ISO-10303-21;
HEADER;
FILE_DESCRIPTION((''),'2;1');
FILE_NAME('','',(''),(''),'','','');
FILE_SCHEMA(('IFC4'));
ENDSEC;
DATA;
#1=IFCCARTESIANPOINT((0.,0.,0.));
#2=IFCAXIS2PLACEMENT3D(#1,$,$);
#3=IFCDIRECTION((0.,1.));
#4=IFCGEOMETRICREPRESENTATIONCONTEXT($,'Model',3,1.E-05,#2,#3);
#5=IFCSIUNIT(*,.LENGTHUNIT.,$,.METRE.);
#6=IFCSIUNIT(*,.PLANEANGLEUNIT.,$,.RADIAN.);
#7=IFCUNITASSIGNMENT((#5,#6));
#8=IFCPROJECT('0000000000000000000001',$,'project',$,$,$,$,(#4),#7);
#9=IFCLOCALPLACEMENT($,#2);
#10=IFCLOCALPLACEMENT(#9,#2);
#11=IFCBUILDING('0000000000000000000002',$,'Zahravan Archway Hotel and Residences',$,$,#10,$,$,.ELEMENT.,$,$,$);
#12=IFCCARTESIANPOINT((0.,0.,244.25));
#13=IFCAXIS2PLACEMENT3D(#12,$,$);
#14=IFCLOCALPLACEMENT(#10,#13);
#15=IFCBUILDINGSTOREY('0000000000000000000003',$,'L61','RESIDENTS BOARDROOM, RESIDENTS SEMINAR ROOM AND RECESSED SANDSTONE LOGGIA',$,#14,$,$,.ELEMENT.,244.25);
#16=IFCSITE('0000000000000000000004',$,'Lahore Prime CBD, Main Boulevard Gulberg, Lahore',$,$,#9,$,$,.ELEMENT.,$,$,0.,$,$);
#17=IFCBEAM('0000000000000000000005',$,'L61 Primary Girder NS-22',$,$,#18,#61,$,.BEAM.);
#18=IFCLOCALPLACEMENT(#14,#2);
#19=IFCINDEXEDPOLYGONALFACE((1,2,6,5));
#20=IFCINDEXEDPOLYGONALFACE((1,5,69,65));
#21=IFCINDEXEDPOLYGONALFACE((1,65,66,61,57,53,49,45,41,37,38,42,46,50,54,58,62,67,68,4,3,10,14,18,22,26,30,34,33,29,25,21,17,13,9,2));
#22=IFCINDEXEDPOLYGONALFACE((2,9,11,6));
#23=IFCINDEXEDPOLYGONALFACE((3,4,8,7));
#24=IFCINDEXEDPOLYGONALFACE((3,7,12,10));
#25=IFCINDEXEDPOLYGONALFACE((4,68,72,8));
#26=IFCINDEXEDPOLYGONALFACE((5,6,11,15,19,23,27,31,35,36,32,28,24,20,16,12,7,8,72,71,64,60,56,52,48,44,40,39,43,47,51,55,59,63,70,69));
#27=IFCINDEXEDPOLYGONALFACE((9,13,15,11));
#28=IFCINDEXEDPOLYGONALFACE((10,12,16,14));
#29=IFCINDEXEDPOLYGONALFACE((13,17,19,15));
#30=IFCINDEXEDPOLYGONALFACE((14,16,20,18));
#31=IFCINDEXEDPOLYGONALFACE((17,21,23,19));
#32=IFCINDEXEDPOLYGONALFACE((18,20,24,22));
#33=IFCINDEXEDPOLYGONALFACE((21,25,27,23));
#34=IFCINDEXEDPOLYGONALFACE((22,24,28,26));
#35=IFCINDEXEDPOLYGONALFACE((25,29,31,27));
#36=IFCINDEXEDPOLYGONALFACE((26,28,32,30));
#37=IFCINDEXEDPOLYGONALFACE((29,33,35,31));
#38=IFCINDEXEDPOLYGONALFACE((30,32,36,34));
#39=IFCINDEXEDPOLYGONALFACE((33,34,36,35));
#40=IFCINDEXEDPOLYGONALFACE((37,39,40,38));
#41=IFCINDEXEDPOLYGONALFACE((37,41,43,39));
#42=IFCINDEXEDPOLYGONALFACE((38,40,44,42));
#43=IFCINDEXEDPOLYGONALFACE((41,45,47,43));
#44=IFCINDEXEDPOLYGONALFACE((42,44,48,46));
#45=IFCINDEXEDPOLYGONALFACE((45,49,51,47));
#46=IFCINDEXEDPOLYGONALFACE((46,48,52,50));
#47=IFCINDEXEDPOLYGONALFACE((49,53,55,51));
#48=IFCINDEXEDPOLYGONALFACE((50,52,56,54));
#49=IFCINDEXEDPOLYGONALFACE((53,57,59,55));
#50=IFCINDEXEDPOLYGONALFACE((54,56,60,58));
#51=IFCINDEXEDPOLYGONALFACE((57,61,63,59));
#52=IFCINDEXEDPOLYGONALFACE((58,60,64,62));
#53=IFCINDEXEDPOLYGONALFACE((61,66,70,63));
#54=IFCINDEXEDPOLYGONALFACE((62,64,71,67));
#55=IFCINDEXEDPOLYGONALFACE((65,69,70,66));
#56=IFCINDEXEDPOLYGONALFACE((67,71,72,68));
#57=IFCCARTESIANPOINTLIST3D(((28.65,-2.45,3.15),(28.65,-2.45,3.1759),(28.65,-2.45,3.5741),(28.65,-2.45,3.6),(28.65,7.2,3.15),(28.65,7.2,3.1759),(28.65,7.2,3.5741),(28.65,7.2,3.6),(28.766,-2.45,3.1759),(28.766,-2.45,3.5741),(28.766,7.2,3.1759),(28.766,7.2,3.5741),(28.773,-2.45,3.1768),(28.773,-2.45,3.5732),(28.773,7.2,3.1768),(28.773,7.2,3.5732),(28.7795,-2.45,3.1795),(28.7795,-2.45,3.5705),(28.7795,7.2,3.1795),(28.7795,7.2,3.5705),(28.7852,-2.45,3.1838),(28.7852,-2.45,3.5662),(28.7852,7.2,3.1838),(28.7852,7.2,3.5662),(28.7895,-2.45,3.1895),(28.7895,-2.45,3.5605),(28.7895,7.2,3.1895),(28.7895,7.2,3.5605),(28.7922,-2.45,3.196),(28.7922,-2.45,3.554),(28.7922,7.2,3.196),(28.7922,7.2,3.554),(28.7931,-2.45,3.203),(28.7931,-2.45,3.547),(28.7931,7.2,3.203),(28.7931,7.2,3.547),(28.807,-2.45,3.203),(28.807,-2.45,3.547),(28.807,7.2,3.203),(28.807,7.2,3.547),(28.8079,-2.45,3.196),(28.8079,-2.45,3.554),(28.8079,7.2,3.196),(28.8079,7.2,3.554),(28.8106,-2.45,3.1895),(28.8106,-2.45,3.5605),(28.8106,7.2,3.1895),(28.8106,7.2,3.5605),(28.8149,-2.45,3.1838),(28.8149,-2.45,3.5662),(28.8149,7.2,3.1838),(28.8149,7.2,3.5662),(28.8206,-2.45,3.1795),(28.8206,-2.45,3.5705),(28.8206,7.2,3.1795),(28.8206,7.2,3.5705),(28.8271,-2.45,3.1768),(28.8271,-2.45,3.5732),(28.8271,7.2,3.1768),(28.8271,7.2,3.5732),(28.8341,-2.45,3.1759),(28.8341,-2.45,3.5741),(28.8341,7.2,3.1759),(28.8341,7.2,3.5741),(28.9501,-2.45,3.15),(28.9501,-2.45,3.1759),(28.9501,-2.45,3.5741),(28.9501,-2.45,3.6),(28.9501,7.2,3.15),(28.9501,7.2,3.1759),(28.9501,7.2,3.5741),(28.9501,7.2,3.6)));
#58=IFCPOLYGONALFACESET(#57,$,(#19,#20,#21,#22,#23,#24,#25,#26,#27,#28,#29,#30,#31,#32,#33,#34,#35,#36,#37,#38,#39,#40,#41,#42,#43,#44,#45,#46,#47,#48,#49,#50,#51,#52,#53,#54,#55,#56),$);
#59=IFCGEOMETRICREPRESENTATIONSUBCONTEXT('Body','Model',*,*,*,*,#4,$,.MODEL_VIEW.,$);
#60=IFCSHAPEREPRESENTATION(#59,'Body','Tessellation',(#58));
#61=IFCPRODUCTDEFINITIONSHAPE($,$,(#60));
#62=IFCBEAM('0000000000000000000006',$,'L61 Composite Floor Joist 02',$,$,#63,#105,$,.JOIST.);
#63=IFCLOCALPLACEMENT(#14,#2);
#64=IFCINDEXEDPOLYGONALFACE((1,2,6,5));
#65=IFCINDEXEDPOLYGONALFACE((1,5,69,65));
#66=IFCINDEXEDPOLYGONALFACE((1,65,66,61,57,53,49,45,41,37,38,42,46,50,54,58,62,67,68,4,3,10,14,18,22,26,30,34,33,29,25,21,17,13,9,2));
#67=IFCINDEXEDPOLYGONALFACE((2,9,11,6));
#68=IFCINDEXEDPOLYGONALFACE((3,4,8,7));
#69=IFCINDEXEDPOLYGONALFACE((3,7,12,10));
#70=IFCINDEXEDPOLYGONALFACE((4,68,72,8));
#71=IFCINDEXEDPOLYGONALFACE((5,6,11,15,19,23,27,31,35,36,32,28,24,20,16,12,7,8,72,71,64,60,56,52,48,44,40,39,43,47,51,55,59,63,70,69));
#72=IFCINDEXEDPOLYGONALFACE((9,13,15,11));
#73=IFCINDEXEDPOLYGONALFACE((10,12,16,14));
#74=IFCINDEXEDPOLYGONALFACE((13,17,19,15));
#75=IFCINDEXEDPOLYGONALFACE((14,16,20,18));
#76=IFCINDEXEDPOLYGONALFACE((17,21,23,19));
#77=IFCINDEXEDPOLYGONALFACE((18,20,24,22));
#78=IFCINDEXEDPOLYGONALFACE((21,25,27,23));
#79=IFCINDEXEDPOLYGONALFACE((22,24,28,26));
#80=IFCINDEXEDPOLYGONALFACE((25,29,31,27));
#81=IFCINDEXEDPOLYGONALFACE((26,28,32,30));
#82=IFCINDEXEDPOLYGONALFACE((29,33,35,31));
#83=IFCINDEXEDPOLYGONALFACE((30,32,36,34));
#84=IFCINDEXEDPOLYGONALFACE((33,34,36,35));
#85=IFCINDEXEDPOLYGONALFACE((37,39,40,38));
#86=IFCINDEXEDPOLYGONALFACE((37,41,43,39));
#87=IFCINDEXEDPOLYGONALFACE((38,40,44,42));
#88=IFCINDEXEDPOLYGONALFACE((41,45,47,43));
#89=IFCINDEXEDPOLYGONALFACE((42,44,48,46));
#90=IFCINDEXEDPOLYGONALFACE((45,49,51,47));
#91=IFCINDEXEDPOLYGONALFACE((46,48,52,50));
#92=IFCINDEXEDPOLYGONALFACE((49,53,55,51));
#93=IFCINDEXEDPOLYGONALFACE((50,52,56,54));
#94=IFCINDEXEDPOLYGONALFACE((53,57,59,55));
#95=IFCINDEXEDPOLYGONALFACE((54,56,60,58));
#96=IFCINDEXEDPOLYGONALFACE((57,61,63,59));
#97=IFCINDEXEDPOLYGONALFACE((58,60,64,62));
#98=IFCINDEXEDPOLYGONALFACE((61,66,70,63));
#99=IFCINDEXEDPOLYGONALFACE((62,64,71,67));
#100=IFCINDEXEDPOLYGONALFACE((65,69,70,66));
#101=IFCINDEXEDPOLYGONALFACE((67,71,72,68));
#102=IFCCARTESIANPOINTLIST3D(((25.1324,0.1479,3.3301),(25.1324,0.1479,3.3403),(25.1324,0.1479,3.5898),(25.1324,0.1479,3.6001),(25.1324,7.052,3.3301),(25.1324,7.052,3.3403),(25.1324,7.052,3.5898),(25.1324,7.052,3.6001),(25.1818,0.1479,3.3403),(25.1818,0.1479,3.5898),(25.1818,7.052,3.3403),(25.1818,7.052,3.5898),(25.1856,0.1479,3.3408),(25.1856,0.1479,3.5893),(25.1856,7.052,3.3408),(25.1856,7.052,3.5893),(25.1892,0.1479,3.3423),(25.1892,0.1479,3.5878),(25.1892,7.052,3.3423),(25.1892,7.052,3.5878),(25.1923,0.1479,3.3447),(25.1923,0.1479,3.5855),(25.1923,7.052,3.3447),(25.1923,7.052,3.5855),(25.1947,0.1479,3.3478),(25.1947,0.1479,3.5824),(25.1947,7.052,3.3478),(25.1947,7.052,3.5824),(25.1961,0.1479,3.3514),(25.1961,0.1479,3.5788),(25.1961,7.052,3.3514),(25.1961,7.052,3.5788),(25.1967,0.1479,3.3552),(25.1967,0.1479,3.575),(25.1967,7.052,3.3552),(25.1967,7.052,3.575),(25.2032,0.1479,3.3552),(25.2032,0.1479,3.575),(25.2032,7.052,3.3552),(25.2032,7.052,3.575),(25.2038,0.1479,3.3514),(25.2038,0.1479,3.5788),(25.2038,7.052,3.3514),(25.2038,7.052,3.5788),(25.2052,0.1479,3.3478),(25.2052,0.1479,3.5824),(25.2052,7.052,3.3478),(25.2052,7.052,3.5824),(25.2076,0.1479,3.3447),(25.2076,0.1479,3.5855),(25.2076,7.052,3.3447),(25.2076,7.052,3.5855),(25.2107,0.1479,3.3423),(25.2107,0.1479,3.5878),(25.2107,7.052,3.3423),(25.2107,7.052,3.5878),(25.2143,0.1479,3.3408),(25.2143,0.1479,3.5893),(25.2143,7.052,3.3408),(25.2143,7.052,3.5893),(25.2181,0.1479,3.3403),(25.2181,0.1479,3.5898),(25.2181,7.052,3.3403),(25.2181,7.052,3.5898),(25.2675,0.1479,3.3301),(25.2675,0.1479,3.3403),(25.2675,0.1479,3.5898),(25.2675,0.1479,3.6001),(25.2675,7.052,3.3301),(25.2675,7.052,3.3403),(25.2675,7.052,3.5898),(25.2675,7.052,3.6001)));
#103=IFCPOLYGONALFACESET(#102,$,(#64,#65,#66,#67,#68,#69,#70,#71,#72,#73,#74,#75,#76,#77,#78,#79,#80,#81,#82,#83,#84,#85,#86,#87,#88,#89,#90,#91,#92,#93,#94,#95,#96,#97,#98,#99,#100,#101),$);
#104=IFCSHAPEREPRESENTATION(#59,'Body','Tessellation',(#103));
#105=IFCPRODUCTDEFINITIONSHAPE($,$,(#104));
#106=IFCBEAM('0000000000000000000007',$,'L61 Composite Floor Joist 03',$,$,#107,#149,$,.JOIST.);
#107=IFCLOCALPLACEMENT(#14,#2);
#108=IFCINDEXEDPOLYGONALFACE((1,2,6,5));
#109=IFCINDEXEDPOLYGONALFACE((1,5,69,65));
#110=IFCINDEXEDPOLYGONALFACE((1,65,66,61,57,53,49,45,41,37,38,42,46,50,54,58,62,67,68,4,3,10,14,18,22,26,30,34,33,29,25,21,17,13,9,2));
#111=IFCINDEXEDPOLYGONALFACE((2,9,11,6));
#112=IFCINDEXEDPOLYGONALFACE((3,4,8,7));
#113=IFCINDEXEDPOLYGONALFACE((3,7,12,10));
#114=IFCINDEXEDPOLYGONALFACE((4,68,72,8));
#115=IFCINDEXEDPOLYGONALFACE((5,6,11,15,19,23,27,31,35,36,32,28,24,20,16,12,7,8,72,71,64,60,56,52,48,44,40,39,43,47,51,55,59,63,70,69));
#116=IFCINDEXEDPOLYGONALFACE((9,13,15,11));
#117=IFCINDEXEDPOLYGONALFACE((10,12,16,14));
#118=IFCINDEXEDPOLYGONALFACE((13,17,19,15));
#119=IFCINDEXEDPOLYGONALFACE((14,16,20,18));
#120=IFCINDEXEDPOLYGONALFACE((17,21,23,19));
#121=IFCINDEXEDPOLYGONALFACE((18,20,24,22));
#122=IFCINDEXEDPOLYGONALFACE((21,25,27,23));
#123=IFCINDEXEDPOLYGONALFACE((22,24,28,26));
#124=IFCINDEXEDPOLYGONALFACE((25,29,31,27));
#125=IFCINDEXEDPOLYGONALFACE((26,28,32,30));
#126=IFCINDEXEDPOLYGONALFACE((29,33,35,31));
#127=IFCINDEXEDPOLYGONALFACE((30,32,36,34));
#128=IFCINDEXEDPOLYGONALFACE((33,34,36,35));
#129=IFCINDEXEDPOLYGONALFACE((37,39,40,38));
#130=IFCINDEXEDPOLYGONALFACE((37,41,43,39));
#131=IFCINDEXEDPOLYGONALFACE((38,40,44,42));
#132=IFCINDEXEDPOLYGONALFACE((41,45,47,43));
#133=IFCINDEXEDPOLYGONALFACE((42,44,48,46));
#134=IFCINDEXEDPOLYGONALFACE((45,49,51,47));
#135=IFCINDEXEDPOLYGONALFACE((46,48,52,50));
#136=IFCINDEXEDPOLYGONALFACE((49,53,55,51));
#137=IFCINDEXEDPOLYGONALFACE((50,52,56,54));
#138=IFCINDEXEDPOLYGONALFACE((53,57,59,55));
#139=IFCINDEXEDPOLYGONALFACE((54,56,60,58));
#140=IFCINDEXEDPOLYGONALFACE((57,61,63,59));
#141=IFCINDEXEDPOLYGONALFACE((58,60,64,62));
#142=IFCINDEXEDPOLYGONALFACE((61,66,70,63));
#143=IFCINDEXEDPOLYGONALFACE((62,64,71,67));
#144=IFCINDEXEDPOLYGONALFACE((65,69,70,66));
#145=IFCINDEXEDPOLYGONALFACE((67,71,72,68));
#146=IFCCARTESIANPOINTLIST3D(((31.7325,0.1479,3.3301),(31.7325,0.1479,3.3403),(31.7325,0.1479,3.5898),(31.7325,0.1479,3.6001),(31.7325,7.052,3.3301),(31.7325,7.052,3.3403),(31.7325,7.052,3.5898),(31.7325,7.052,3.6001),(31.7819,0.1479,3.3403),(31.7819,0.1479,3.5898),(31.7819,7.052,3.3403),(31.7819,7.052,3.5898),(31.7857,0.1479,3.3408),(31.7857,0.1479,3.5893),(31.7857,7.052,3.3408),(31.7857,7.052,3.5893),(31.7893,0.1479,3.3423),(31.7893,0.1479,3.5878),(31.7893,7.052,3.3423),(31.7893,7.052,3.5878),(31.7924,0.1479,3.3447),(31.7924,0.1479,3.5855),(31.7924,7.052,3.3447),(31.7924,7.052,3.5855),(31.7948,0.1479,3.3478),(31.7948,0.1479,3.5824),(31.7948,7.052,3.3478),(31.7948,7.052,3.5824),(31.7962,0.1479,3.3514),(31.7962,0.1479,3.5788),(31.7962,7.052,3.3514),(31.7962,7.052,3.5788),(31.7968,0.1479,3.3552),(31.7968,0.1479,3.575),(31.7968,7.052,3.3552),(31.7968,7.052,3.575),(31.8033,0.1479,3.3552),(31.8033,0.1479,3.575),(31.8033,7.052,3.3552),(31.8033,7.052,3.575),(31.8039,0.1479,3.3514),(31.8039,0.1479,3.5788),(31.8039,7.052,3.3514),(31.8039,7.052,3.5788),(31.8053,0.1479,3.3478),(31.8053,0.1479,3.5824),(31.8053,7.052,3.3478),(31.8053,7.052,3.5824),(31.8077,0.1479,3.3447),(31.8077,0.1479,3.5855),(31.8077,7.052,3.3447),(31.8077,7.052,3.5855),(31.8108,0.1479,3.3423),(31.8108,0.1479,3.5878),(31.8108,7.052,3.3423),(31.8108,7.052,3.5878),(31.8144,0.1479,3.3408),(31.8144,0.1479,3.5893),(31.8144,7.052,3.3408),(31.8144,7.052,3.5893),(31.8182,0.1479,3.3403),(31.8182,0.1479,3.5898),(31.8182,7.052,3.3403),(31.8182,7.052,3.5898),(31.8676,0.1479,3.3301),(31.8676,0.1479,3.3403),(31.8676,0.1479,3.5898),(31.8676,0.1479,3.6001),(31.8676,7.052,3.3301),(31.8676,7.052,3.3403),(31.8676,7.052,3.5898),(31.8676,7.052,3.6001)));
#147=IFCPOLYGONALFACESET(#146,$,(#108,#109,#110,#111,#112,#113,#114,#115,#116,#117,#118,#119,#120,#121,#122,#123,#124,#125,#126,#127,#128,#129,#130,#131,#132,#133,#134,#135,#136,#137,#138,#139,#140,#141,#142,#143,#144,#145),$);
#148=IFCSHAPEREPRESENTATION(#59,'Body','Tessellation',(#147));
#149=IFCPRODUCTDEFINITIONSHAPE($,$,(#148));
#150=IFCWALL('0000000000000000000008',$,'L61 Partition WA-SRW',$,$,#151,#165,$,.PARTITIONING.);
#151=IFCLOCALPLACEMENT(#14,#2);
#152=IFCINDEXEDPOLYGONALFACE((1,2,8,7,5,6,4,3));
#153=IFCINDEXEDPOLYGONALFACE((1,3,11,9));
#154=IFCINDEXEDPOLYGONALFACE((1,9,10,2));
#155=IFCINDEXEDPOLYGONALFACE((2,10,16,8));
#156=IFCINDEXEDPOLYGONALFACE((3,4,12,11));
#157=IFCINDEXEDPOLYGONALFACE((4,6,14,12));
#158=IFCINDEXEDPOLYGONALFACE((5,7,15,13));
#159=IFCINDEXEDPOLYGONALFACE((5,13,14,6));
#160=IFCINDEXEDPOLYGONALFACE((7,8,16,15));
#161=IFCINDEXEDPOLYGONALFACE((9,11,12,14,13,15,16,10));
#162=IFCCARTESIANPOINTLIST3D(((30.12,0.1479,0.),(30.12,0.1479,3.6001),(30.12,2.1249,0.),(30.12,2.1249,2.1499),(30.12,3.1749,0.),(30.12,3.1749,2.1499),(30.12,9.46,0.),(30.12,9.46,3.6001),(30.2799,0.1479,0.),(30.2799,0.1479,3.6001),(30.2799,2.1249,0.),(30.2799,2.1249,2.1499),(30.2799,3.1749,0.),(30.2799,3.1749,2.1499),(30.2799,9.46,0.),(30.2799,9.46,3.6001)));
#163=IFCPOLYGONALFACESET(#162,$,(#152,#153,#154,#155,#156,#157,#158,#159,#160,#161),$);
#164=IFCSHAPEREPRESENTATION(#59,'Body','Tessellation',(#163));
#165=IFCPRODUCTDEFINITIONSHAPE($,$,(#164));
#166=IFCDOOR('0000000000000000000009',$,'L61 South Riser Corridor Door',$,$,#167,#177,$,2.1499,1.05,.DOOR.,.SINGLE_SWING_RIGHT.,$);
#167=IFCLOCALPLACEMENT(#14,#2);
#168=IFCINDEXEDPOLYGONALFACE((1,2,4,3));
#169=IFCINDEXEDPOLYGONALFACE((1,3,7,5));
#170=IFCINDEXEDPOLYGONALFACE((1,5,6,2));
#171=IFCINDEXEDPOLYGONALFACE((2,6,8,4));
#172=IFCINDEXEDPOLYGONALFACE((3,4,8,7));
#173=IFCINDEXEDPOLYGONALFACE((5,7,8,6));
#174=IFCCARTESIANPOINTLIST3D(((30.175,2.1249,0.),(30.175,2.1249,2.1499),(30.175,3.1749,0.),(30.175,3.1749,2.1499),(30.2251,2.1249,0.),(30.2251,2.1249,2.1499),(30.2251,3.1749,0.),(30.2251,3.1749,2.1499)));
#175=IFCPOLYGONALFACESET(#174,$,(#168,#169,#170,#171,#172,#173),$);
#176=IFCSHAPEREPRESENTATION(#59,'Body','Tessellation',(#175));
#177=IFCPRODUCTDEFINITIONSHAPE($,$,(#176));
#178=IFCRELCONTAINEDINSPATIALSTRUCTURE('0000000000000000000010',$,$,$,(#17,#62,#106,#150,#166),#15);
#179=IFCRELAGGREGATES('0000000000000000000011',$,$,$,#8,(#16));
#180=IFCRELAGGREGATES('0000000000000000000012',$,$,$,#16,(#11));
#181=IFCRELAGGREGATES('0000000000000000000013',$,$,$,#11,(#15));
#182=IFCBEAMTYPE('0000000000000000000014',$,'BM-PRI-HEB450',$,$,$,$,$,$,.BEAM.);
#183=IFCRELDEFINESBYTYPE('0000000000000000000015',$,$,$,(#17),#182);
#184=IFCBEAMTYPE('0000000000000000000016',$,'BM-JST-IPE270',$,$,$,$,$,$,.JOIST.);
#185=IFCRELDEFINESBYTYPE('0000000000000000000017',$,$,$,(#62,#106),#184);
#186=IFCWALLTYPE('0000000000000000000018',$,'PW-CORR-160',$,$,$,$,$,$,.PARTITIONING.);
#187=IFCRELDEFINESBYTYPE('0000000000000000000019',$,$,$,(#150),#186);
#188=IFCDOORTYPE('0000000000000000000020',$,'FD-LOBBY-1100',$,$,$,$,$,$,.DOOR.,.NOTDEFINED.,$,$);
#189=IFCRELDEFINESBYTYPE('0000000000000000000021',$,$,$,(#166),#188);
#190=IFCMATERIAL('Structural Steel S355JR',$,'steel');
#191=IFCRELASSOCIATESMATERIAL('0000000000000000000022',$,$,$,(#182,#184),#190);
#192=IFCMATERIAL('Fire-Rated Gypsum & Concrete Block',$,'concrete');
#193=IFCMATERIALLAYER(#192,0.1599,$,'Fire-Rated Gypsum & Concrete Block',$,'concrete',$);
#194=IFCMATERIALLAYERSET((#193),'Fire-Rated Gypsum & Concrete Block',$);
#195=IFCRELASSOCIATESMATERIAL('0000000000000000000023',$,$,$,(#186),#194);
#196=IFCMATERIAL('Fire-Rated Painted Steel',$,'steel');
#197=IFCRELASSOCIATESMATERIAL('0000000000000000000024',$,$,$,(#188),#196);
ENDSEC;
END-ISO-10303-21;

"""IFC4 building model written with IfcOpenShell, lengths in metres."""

from ifc_helpers import new_model, si_unit, direction, frame, frame_2d, origin, origin_2d, place, context, subcontext, project, spatial, rectangle, i_section, extrude, source, transform, mapped, material, layer, layer_set, material_profile, profile_set, type_object, type_shapes, element, fill, save


model = new_model("IFC4")

# Units and contexts
model_context = context("Model", 3, precision=1e-05, world=origin(), true_north=direction((0.0, 1.0)))
body_context = subcontext(model_context, "Body", "Model", "MODEL_VIEW")
ifc_project = project(units=[si_unit("LENGTHUNIT", "METRE"), si_unit("PLANEANGLEUNIT", "RADIAN")], contexts=[model_context])

# Site, building, storey
site_placement = place(None, origin())
site = spatial("IfcSite", under=ifc_project, at=site_placement, Name="Lahore Prime CBD, Main Boulevard Gulberg, Lahore", CompositionType="ELEMENT", RefElevation=0.0)
building_placement = place(site_placement, origin())
building = spatial("IfcBuilding", under=site, at=building_placement, Name="Zahravan Archway Hotel and Residences", CompositionType="ELEMENT")
storey_placement = place(building_placement, frame((0.0, 0.0, 244.25)))
storey = spatial("IfcBuildingStorey", under=building, at=storey_placement, Name="L61", Description="RESIDENTS BOARDROOM, RESIDENTS SEMINAR ROOM AND RECESSED SANDSTONE LOGGIA", CompositionType="ELEMENT", Elevation=244.25)

# Beams
ifc_material_1 = material(Name="Structural Steel S355JR", Category="steel")
ifc_material_profile_1 = material_profile(ifc_material_1, i_section(OverallWidth=0.3, OverallDepth=0.45, WebThickness=0.0139, FlangeThickness=0.0259, FilletRadius=0.0271, at=origin_2d()), Name="HEB 450", Category="steel")
ifc_profile_set_1 = profile_set([ifc_material_profile_1], Name="Structural Steel S355JR")
beam_type_1 = type_object("IfcBeamType", Name="BM-PRI-HEB450", PredefinedType="BEAM", material=ifc_profile_set_1)
shared_shape_1 = source(origin(), body_context, "Body", "SweptSolid", [
    extrude(i_section(OverallWidth=0.3, OverallDepth=0.45, WebThickness=0.0139, FlangeThickness=0.0259, FilletRadius=0.0271, at=origin_2d()), origin(), (0.0, 0.0, 1.0), 9.6499),
])
for number, where, z_axis, x_axis, name in (
    (1, (28.8, -2.45, 3.375), (0.0, 1.0, 0.0), (-1.0, 0.0, 0.0), "L61 Primary Girder NS-22"),
):
    element("IfcBeam", number, at=place(storey_placement, frame(where, z_axis=z_axis, x_axis=x_axis)), inside=storey, type_object=beam_type_1, Name=name, PredefinedType="BEAM", context=body_context, shape_type="MappedRepresentation", body=[
        mapped(shared_shape_1, transform((0.0, 0.0, 0.0), scale=1.0)),
    ])
ifc_material_profile_2 = material_profile(ifc_material_1, i_section(OverallWidth=0.135, OverallDepth=0.27, WebThickness=0.0066, FlangeThickness=0.0103, FilletRadius=0.0149, at=origin_2d()), Name="IPE 270", Category="steel")
ifc_profile_set_2 = profile_set([ifc_material_profile_2], Name="Structural Steel S355JR")
beam_type_2 = type_object("IfcBeamType", Name="BM-JST-IPE270", PredefinedType="JOIST", material=ifc_profile_set_2)
shared_shape_2 = source(origin(), body_context, "Body", "SweptSolid", [
    extrude(i_section(OverallWidth=0.135, OverallDepth=0.27, WebThickness=0.0066, FlangeThickness=0.0103, FilletRadius=0.0149, at=origin_2d()), origin(), (0.0, 0.0, 1.0), 6.9041),
])
type_shapes(beam_type_2, [shared_shape_2])
for number, where, z_axis, x_axis, name in (
    (2, (25.2, 0.1479, 3.4651), (0.0, 1.0, 0.0), (-1.0, 0.0, 0.0), "L61 Composite Floor Joist 02"),
    (3, (31.8, 0.1479, 3.4651), (0.0, 1.0, 0.0), (-1.0, 0.0, 0.0), "L61 Composite Floor Joist 03"),
):
    element("IfcBeam", number, at=place(storey_placement, frame(where, z_axis=z_axis, x_axis=x_axis)), inside=storey, type_object=beam_type_2, Name=name, PredefinedType="JOIST", context=body_context, shape_type="MappedRepresentation", body=[
        mapped(shared_shape_2, transform((0.0, 0.0, 0.0), scale=1.0)),
    ])

# Wall, opening, door
ifc_material_2 = material(Name="Fire-Rated Gypsum & Concrete Block", Category="concrete")
ifc_layer_1 = layer(ifc_material_2, 0.1599, Name="Fire-Rated Gypsum & Concrete Block", Category="concrete")
ifc_layer_set_1 = layer_set([ifc_layer_1], Name="Fire-Rated Gypsum & Concrete Block")
wall_type_1 = type_object("IfcWallType", Name="PW-CORR-160", PredefinedType="PARTITIONING", material=ifc_layer_set_1)
wall_1_placement = place(storey_placement, frame((30.2, 0.1479, 0.0), z_axis=(0.0, 0.0, 1.0), x_axis=(0.0, 1.0, 0.0)))
wall_1 = element("IfcWall", 4, at=wall_1_placement, inside=storey, type_object=wall_type_1, Name="L61 Partition WA-SRW", PredefinedType="PARTITIONING", context=body_context, shape_type="SweptSolid", body=[
    extrude(rectangle(XDim=9.312, YDim=0.1599, at=frame_2d((4.656, 0.0))), origin(), (0.0, 0.0, 1.0), 3.6001),
])
opening_1_placement = place(wall_1_placement, frame((1.9771, 0.0, 0.0)))
opening_1 = element("IfcOpeningElement", 5, at=opening_1_placement, cuts=wall_1, PredefinedType="OPENING", context=body_context, shape_type="SweptSolid", body=[
    extrude(rectangle(XDim=1.05, YDim=2.1499, at=frame_2d((0.5249, 1.075))), frame((0.0, 0.0898, 0.0), z_axis=(0.0, -1.0, 0.0), x_axis=(1.0, 0.0, 0.0)), (0.0, 0.0, 1.0), 0.1799),
])
ifc_material_3 = material(Name="Fire-Rated Painted Steel", Category="steel")
door_type_1 = type_object("IfcDoorType", Name="FD-LOBBY-1100", OperationType="NOTDEFINED", PredefinedType="DOOR", material=ifc_material_3)
shared_shape_3 = source(origin(), body_context, "Body", "SweptSolid", [
    extrude(rectangle(XDim=1.05, YDim=2.1499, at=frame_2d((0.5249, 1.075))), frame((0.0, 0.0249, 0.0), z_axis=(0.0, -1.0, 0.0), x_axis=(1.0, 0.0, 0.0)), (0.0, 0.0, 1.0), 0.05),
])
type_shapes(door_type_1, [shared_shape_3])
door_1_placement = place(opening_1_placement, origin())
door_1 = element("IfcDoor", 6, at=door_1_placement, inside=storey, type_object=door_type_1, Name="L61 South Riser Corridor Door", OperationType="SINGLE_SWING_RIGHT", OverallHeight=2.1499, OverallWidth=1.05, PredefinedType="DOOR", context=body_context, shape_type="MappedRepresentation", body=[
    mapped(shared_shape_3, transform((0.0, 0.0, 0.0), scale=1.0)),
])
fill(opening_1, door_1)

save(model, "model.ifc")
